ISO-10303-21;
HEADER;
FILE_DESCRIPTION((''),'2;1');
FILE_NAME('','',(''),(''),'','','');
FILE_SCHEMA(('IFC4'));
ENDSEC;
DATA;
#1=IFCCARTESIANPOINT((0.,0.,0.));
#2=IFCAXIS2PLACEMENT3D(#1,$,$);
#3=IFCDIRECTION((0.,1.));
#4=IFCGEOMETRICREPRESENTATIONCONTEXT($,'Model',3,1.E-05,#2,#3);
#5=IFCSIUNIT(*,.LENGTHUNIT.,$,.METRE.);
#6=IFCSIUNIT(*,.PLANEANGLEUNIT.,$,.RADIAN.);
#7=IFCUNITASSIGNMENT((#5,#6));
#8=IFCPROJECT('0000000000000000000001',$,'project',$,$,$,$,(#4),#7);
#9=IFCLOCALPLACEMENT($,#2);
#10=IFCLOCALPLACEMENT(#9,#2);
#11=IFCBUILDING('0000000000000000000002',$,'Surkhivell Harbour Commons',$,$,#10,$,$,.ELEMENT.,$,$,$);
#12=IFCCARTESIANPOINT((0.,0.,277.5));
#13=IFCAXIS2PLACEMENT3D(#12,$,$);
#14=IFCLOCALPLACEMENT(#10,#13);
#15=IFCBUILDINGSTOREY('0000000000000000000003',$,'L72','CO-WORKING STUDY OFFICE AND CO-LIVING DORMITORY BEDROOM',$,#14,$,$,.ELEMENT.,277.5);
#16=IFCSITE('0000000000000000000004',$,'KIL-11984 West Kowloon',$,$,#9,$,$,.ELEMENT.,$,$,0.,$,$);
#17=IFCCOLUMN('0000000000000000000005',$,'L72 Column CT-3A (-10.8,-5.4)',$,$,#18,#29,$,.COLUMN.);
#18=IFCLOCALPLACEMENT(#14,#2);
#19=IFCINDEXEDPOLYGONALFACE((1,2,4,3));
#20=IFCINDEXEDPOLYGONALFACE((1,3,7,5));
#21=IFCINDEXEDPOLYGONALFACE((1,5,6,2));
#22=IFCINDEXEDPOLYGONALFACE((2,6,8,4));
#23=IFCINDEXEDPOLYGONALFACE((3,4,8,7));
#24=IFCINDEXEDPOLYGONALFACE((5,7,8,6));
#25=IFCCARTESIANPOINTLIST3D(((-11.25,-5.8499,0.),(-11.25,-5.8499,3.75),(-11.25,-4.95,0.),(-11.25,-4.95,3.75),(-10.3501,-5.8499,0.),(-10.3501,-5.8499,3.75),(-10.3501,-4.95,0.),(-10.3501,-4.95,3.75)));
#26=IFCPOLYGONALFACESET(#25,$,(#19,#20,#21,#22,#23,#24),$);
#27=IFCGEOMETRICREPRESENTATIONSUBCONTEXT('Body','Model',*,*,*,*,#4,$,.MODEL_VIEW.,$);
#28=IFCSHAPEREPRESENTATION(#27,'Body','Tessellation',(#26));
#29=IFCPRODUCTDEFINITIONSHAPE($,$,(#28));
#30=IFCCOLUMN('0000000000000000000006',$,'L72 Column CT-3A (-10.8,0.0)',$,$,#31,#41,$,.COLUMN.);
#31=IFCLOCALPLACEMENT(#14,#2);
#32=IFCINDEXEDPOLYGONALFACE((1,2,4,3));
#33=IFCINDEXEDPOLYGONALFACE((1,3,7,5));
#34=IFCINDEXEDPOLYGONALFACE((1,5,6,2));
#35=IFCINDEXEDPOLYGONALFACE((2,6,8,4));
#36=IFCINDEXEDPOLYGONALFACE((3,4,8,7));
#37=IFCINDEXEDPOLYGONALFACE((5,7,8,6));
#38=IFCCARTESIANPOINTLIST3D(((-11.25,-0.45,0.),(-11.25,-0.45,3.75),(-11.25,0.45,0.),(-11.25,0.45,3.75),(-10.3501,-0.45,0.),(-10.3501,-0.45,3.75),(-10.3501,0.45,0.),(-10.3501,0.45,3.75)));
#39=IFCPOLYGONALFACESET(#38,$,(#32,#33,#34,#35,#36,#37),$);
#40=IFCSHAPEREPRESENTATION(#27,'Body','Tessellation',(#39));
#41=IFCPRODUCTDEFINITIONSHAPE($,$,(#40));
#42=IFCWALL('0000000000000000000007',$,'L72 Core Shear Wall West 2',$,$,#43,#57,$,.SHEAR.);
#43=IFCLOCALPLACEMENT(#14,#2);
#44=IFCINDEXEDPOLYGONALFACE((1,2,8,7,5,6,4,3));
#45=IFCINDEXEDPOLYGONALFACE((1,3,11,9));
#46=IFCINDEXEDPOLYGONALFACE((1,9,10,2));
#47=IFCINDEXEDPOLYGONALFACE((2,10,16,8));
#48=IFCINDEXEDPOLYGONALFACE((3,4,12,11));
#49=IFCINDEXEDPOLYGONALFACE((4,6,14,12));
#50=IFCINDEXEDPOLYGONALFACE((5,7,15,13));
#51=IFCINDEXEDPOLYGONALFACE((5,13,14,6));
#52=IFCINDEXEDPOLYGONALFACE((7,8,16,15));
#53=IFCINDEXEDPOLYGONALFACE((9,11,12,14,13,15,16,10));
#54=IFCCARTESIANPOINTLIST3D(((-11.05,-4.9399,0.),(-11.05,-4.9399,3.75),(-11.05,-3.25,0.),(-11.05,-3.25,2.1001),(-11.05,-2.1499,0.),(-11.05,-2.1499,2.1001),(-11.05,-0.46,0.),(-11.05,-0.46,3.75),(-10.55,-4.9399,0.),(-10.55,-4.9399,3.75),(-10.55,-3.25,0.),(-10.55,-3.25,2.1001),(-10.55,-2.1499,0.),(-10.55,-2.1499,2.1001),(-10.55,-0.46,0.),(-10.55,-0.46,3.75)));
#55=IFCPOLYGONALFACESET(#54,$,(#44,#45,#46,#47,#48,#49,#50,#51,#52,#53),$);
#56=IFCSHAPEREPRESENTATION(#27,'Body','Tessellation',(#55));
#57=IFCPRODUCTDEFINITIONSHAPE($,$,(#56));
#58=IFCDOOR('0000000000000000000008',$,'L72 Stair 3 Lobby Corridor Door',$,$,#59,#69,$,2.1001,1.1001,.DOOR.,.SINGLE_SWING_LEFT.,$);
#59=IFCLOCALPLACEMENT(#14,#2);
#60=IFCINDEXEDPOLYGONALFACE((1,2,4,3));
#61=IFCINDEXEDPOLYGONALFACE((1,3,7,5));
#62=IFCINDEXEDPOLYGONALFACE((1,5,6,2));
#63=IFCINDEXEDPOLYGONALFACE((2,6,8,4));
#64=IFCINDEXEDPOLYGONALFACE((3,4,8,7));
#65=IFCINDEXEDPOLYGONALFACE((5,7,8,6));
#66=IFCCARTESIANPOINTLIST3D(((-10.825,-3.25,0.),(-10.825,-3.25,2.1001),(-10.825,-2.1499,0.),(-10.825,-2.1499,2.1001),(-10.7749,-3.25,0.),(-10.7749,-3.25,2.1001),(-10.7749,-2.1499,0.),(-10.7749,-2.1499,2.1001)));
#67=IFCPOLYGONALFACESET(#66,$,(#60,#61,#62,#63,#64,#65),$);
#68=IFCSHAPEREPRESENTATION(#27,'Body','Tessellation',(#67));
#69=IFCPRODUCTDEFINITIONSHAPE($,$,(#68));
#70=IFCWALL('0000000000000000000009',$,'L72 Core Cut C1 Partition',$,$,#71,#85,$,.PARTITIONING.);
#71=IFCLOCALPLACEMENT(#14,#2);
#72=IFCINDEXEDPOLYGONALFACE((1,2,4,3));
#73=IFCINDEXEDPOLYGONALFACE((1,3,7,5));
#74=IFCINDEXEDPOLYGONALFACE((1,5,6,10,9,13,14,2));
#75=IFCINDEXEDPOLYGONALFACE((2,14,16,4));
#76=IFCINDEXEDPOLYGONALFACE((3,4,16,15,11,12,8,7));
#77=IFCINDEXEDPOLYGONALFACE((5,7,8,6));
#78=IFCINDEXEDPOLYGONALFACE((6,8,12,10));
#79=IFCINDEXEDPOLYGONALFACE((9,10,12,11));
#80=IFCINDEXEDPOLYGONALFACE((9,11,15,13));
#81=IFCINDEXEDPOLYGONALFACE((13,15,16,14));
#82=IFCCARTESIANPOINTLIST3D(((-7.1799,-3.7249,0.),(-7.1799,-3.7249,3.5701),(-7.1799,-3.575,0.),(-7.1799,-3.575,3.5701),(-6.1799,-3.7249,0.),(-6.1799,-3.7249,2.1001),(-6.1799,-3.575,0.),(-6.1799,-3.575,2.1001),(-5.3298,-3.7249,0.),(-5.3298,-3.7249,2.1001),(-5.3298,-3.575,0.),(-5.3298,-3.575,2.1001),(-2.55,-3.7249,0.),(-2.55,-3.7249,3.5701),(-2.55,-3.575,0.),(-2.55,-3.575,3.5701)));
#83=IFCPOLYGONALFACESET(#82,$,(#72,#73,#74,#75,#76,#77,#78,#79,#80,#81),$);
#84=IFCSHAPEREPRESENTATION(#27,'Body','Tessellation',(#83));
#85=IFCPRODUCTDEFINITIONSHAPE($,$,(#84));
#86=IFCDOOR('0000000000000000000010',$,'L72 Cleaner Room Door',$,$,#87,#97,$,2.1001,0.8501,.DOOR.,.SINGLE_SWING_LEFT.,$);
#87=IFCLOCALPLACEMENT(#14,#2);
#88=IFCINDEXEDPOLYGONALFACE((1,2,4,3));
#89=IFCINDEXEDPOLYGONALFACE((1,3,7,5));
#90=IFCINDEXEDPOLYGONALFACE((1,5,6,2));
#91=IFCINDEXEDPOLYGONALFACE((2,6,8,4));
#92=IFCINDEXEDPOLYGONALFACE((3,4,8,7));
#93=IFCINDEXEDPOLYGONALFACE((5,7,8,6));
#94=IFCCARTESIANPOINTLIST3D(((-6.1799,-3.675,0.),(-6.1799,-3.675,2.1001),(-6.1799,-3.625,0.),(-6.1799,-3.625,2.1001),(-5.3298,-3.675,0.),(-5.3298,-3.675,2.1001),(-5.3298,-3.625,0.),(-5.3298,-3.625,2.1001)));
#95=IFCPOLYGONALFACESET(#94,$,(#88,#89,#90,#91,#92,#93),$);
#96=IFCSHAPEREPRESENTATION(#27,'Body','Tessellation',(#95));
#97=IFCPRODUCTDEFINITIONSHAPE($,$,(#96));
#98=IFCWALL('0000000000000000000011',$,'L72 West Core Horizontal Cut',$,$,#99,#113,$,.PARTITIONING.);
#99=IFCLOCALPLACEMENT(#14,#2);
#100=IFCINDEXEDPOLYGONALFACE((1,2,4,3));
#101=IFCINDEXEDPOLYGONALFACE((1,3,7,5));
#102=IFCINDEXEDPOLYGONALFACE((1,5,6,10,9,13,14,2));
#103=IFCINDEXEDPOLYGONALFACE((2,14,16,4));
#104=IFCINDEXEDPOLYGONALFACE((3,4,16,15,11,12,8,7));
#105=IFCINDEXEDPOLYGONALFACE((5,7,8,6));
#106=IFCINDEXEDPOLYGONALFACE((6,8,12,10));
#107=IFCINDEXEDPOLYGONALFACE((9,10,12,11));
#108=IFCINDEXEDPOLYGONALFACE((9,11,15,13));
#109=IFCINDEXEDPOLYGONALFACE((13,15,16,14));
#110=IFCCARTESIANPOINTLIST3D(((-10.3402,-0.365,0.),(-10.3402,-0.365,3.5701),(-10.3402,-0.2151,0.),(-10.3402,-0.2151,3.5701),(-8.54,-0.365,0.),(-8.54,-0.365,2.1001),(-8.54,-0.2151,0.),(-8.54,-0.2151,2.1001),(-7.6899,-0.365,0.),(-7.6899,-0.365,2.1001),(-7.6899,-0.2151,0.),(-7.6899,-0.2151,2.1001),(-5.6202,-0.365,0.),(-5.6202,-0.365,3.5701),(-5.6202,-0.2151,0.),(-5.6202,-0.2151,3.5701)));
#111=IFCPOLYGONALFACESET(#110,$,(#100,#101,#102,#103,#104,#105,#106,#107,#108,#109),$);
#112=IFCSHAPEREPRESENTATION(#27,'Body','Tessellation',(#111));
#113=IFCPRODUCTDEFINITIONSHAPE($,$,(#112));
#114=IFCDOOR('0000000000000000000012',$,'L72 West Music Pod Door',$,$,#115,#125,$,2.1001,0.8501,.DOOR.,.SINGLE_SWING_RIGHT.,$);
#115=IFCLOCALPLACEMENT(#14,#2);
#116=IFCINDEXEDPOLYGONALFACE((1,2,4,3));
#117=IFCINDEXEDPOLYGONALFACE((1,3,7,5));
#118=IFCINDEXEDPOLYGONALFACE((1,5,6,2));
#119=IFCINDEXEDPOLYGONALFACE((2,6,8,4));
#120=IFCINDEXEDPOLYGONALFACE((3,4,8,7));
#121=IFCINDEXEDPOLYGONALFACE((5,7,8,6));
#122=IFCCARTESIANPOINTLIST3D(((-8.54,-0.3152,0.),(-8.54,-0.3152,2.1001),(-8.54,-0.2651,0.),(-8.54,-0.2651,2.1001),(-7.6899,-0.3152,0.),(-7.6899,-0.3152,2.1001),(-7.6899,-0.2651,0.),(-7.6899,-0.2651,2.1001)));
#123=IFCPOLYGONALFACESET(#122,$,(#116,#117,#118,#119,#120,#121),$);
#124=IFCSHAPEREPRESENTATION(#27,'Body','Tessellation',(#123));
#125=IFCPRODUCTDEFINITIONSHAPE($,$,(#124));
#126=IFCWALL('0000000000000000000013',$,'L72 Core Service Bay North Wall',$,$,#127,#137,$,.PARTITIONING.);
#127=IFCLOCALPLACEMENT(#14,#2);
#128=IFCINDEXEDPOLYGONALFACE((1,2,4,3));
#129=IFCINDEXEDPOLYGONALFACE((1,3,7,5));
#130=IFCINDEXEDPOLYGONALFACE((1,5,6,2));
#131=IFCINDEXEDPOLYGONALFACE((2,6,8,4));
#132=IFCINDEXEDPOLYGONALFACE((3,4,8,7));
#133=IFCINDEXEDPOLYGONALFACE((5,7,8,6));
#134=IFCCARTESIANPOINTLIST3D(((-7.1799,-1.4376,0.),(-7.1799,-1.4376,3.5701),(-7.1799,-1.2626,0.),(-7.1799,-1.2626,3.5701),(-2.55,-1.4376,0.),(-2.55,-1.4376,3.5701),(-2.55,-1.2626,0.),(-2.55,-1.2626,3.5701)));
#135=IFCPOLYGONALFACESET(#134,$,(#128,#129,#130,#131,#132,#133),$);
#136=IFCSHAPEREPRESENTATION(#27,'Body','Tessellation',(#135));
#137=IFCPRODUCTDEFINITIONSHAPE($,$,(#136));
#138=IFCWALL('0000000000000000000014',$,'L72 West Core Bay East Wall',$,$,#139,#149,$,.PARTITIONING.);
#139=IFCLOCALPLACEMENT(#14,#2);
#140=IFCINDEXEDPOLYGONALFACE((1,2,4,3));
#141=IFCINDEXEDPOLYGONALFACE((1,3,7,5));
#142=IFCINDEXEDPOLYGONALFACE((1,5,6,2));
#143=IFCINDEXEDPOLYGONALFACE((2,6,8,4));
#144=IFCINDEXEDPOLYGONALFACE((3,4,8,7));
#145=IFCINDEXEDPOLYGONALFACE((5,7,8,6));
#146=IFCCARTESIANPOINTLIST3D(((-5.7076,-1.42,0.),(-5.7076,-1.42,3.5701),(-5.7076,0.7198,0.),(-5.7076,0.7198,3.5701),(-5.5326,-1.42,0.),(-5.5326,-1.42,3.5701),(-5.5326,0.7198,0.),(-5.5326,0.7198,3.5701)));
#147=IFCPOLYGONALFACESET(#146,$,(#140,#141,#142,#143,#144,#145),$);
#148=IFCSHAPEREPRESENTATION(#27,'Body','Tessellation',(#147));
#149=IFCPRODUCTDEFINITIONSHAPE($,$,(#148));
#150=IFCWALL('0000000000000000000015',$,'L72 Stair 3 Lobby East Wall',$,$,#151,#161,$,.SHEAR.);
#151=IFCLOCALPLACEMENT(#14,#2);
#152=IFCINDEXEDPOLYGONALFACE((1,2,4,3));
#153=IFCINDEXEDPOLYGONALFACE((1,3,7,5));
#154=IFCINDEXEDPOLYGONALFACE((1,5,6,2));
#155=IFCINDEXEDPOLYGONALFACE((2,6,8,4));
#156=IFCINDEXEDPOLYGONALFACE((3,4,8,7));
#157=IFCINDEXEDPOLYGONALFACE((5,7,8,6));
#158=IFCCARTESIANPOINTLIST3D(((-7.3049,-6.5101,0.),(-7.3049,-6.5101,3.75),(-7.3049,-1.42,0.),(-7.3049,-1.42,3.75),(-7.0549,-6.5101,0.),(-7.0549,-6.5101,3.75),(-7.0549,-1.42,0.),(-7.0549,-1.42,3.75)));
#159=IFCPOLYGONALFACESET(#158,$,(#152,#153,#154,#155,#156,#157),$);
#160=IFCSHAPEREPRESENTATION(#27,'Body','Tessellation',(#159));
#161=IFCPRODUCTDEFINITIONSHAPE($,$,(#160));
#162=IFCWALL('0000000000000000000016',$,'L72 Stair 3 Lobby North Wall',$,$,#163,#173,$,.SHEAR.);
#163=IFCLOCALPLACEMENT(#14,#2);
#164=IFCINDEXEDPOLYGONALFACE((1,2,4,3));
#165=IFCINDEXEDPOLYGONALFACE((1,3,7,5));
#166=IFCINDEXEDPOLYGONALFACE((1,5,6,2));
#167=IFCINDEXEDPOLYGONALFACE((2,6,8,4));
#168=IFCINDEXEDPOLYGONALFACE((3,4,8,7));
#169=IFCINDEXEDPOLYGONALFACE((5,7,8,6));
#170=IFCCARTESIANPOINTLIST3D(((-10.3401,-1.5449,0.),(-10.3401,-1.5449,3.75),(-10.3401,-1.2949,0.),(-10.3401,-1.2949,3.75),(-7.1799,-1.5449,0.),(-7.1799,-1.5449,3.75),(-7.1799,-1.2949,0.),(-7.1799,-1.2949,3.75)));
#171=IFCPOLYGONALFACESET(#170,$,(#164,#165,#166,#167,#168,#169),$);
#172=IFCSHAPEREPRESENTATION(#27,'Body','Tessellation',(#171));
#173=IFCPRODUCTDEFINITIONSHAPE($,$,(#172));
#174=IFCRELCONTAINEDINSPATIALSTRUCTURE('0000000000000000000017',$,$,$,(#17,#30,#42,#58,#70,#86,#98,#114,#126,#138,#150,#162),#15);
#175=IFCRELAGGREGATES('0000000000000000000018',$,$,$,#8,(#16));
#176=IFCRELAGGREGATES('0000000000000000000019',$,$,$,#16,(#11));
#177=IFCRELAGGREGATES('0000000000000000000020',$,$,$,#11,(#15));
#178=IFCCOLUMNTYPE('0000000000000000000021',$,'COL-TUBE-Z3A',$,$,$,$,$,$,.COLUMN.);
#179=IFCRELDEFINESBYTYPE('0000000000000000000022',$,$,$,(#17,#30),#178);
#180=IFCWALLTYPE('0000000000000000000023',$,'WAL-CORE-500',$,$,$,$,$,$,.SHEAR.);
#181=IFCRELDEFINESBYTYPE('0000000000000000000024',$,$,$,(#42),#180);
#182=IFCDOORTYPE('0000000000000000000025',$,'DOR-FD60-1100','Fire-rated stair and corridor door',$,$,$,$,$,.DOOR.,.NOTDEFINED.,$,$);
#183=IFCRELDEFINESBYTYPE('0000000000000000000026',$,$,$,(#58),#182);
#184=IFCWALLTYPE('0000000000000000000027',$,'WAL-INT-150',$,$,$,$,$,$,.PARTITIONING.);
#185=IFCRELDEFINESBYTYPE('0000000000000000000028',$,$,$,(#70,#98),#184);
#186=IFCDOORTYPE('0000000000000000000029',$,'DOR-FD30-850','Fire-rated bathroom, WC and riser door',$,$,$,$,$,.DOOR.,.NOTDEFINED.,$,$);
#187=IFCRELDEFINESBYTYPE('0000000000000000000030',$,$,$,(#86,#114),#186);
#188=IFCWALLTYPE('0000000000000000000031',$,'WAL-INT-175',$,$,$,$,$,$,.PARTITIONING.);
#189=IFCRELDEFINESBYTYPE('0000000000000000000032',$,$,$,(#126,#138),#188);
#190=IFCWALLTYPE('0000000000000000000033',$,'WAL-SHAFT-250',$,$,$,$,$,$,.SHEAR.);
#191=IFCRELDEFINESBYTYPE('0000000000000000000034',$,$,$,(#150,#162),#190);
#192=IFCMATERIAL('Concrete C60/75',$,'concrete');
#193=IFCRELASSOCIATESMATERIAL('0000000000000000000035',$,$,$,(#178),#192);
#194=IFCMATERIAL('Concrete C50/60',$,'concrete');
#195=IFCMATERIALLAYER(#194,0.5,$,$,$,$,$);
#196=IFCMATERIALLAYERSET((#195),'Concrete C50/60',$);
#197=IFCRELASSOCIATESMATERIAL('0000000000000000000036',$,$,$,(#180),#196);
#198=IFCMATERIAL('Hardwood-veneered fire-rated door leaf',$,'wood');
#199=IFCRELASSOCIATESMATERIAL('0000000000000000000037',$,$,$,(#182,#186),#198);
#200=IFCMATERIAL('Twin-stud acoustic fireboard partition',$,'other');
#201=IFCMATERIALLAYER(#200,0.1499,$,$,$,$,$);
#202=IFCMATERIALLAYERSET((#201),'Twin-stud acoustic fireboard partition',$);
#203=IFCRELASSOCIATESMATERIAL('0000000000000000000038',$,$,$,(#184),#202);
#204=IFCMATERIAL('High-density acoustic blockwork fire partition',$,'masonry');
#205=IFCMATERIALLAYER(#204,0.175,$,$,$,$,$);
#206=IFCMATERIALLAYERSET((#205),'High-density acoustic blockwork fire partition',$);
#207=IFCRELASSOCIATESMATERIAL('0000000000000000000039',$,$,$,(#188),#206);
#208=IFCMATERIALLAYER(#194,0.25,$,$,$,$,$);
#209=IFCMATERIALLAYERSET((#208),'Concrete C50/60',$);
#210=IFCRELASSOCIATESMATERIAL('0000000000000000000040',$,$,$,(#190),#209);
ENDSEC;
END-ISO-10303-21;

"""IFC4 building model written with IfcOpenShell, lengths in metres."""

from ifc_helpers import new_model, si_unit, direction, frame, frame_2d, origin, origin_2d, place, context, subcontext, project, spatial, rectangle, extrude, material, layer, layer_set, material_profile, profile_set, type_object, element, fill, save


model = new_model("IFC4")

# Units and contexts
model_context = context("Model", 3, precision=1e-05, world=origin(), true_north=direction((0.0, 1.0)))
body_context = subcontext(model_context, "Body", "Model", "MODEL_VIEW")
ifc_project = project(units=[si_unit("LENGTHUNIT", "METRE"), si_unit("PLANEANGLEUNIT", "RADIAN")], contexts=[model_context])

# Site, building, storey
site_placement = place(None, origin())
site = spatial("IfcSite", under=ifc_project, at=site_placement, Name="KIL-11984 West Kowloon", CompositionType="ELEMENT", RefElevation=0.0)
building_placement = place(site_placement, origin())
building = spatial("IfcBuilding", under=site, at=building_placement, Name="Surkhivell Harbour Commons", CompositionType="ELEMENT")
storey_placement = place(building_placement, frame((0.0, 0.0, 277.5)))
storey = spatial("IfcBuildingStorey", under=building, at=storey_placement, Name="L72", Description="CO-WORKING STUDY OFFICE AND CO-LIVING DORMITORY BEDROOM", CompositionType="ELEMENT", Elevation=277.5)

# Columns
ifc_material_1 = material(Name="Concrete C60/75", Category="concrete")
ifc_material_profile = material_profile(ifc_material_1, rectangle(XDim=0.8999, YDim=0.8999, at=origin_2d()), Name="RC-COL-900x900")
ifc_profile_set = profile_set([ifc_material_profile], Name="Concrete C60/75")
column_type = type_object("IfcColumnType", Name="COL-TUBE-Z3A", PredefinedType="COLUMN", material=ifc_profile_set)
for number, where, z_axis, x_axis, name in (
    (1, (-10.8, -5.3999, 0.0), (0.0, 0.0, 1.0), (1.0, 0.0, 0.0), "L72 Column CT-3A (-10.8,-5.4)"),
    (2, (-10.8, 0.0, 0.0), (0.0, 0.0, 1.0), (1.0, 0.0, 0.0), "L72 Column CT-3A (-10.8,0.0)"),
):
    element("IfcColumn", number, at=place(storey_placement, frame(where, z_axis=z_axis, x_axis=x_axis)), inside=storey, type_object=column_type, Name=name, PredefinedType="COLUMN", context=body_context, shape_type="SweptSolid", body=[
        extrude(rectangle(XDim=0.8999, YDim=0.8999, at=origin_2d()), origin(), (0.0, 0.0, 1.0), 3.75),
    ])

# Walls, openings, doors
ifc_material_2 = material(Name="Concrete C50/60", Category="concrete")
ifc_layer_1 = layer(ifc_material_2, 0.5)
ifc_layer_set_1 = layer_set([ifc_layer_1], Name="Concrete C50/60")
wall_type_1 = type_object("IfcWallType", Name="WAL-CORE-500", PredefinedType="SHEAR", material=ifc_layer_set_1)
wall_1_placement = place(storey_placement, frame((-10.8, -4.9399, 0.0), z_axis=(0.0, 0.0, 1.0), x_axis=(0.0, 1.0, 0.0)))
wall_1 = element("IfcWall", 3, at=wall_1_placement, inside=storey, type_object=wall_type_1, Name="L72 Core Shear Wall West 2", PredefinedType="SHEAR", context=body_context, shape_type="SweptSolid", body=[
    extrude(rectangle(XDim=4.48, YDim=0.5, at=frame_2d((2.24, 0.0))), origin(), (0.0, 0.0, 1.0), 3.75),
])
opening_1_placement = place(wall_1_placement, frame((1.6899, 0.0, 0.0)))
opening_1 = element("IfcOpeningElement", 4, at=opening_1_placement, cuts=wall_1, PredefinedType="OPENING", context=body_context, shape_type="SweptSolid", body=[
    extrude(rectangle(XDim=1.1001, YDim=2.1001, at=frame_2d((0.55, 1.05))), frame((0.0, 0.26, 0.0), z_axis=(0.0, -1.0, 0.0), x_axis=(1.0, 0.0, 0.0)), (0.0, 0.0, 1.0), 0.52),
])
ifc_material_3 = material(Name="Hardwood-veneered fire-rated door leaf", Category="wood")
door_type_1 = type_object("IfcDoorType", Name="DOR-FD60-1100", Description="Fire-rated stair and corridor door", OperationType="NOTDEFINED", PredefinedType="DOOR", material=ifc_material_3)
door_1_placement = place(opening_1_placement, origin())
door_1 = element("IfcDoor", 5, at=door_1_placement, inside=storey, type_object=door_type_1, Name="L72 Stair 3 Lobby Corridor Door", OperationType="SINGLE_SWING_LEFT", OverallHeight=2.1001, OverallWidth=1.1001, PredefinedType="DOOR", context=body_context, shape_type="SweptSolid", body=[
    extrude(rectangle(XDim=1.1001, YDim=2.1001, at=frame_2d((0.55, 1.05))), frame((0.0, 0.0249, 0.0), z_axis=(0.0, -1.0, 0.0), x_axis=(1.0, 0.0, 0.0)), (0.0, 0.0, 1.0), 0.05),
])
fill(opening_1, door_1)
ifc_material_4 = material(Name="Twin-stud acoustic fireboard partition", Category="other")
ifc_layer_2 = layer(ifc_material_4, 0.1499)
ifc_layer_set_2 = layer_set([ifc_layer_2], Name="Twin-stud acoustic fireboard partition")
wall_type_2 = type_object("IfcWallType", Name="WAL-INT-150", PredefinedType="PARTITIONING", material=ifc_layer_set_2)
wall_2_placement = place(storey_placement, frame((-7.1799, -3.6499, 0.0), z_axis=(0.0, 0.0, 1.0), x_axis=(1.0, 0.0, 0.0)))
wall_2 = element("IfcWall", 6, at=wall_2_placement, inside=storey, type_object=wall_type_2, Name="L72 Core Cut C1 Partition", PredefinedType="PARTITIONING", context=body_context, shape_type="SweptSolid", body=[
    extrude(rectangle(XDim=4.6299, YDim=0.1499, at=frame_2d((2.3149, 0.0))), origin(), (0.0, 0.0, 1.0), 3.5701),
])
opening_2_placement = place(wall_2_placement, frame((1.0, 0.0, 0.0)))
opening_2 = element("IfcOpeningElement", 7, at=opening_2_placement, cuts=wall_2, PredefinedType="OPENING", context=body_context, shape_type="SweptSolid", body=[
    extrude(rectangle(XDim=0.8501, YDim=2.1001, at=frame_2d((0.425, 1.05))), frame((0.0, 0.085, 0.0), z_axis=(0.0, -1.0, 0.0), x_axis=(1.0, 0.0, 0.0)), (0.0, 0.0, 1.0), 0.1699),
])
door_type_2 = type_object("IfcDoorType", Name="DOR-FD30-850", Description="Fire-rated bathroom, WC and riser door", OperationType="NOTDEFINED", PredefinedType="DOOR", material=ifc_material_3)
door_2_placement = place(opening_2_placement, origin())
door_2 = element("IfcDoor", 8, at=door_2_placement, inside=storey, type_object=door_type_2, Name="L72 Cleaner Room Door", OperationType="SINGLE_SWING_LEFT", OverallHeight=2.1001, OverallWidth=0.8501, PredefinedType="DOOR", context=body_context, shape_type="SweptSolid", body=[
    extrude(rectangle(XDim=0.8501, YDim=2.1001, at=frame_2d((0.425, 1.05))), frame((0.0, 0.0249, 0.0), z_axis=(0.0, -1.0, 0.0), x_axis=(1.0, 0.0, 0.0)), (0.0, 0.0, 1.0), 0.05),
])
fill(opening_2, door_2)
wall_3_placement = place(storey_placement, frame((-10.3401, -0.29, 0.0), z_axis=(0.0, 0.0, 1.0), x_axis=(1.0, 0.0, 0.0)))
wall_3 = element("IfcWall", 9, at=wall_3_placement, inside=storey, type_object=wall_type_2, Name="L72 West Core Horizontal Cut", PredefinedType="PARTITIONING", context=body_context, shape_type="SweptSolid", body=[
    extrude(rectangle(XDim=4.72, YDim=0.1499, at=frame_2d((2.3599, 0.0))), origin(), (0.0, 0.0, 1.0), 3.5701),
])
opening_3_placement = place(wall_3_placement, frame((1.8, 0.0, 0.0)))
opening_3 = element("IfcOpeningElement", 10, at=opening_3_placement, cuts=wall_3, PredefinedType="OPENING", context=body_context, shape_type="SweptSolid", body=[
    extrude(rectangle(XDim=0.8501, YDim=2.1001, at=frame_2d((0.425, 1.05))), frame((0.0, 0.085, 0.0), z_axis=(0.0, -1.0, 0.0), x_axis=(1.0, 0.0, 0.0)), (0.0, 0.0, 1.0), 0.1699),
])
door_3_placement = place(opening_3_placement, origin())
door_3 = element("IfcDoor", 11, at=door_3_placement, inside=storey, type_object=door_type_2, Name="L72 West Music Pod Door", OperationType="SINGLE_SWING_RIGHT", OverallHeight=2.1001, OverallWidth=0.8501, PredefinedType="DOOR", context=body_context, shape_type="SweptSolid", body=[
    extrude(rectangle(XDim=0.8501, YDim=2.1001, at=frame_2d((0.425, 1.05))), frame((0.0, 0.0249, 0.0), z_axis=(0.0, -1.0, 0.0), x_axis=(1.0, 0.0, 0.0)), (0.0, 0.0, 1.0), 0.05),
])
fill(opening_3, door_3)

# Walls
ifc_material_5 = material(Name="High-density acoustic blockwork fire partition", Category="masonry")
ifc_layer_3 = layer(ifc_material_5, 0.175)
ifc_layer_set_3 = layer_set([ifc_layer_3], Name="High-density acoustic blockwork fire partition")
wall_type_3 = type_object("IfcWallType", Name="WAL-INT-175", PredefinedType="PARTITIONING", material=ifc_layer_set_3)
wall_4_placement = place(storey_placement, frame((-7.1799, -1.3501, 0.0), z_axis=(0.0, 0.0, 1.0), x_axis=(1.0, 0.0, 0.0)))
element("IfcWall", 12, at=wall_4_placement, inside=storey, type_object=wall_type_3, Name="L72 Core Service Bay North Wall", PredefinedType="PARTITIONING", context=body_context, shape_type="SweptSolid", body=[
    extrude(rectangle(XDim=4.6299, YDim=0.175, at=frame_2d((2.3149, 0.0))), origin(), (0.0, 0.0, 1.0), 3.5701),
])
wall_5_placement = place(storey_placement, frame((-5.6201, -1.4199, 0.0), z_axis=(0.0, 0.0, 1.0), x_axis=(0.0, 1.0, 0.0)))
element("IfcWall", 13, at=wall_5_placement, inside=storey, type_object=wall_type_3, Name="L72 West Core Bay East Wall", PredefinedType="PARTITIONING", context=body_context, shape_type="SweptSolid", body=[
    extrude(rectangle(XDim=2.1399, YDim=0.175, at=frame_2d((1.0698, 0.0))), origin(), (0.0, 0.0, 1.0), 3.5701),
])
ifc_layer_4 = layer(ifc_material_2, 0.25)
ifc_layer_set_4 = layer_set([ifc_layer_4], Name="Concrete C50/60")
wall_type_4 = type_object("IfcWallType", Name="WAL-SHAFT-250", PredefinedType="SHEAR", material=ifc_layer_set_4)
wall_6_placement = place(storey_placement, frame((-7.1799, -6.51, 0.0), z_axis=(0.0, 0.0, 1.0), x_axis=(0.0, 1.0, 0.0)))
element("IfcWall", 14, at=wall_6_placement, inside=storey, type_object=wall_type_4, Name="L72 Stair 3 Lobby East Wall", PredefinedType="SHEAR", context=body_context, shape_type="SweptSolid", body=[
    extrude(rectangle(XDim=5.0901, YDim=0.25, at=frame_2d((2.5449, 0.0))), origin(), (0.0, 0.0, 1.0), 3.75),
])
wall_7_placement = place(storey_placement, frame((-10.3401, -1.4199, 0.0), z_axis=(0.0, 0.0, 1.0), x_axis=(1.0, 0.0, 0.0)))
element("IfcWall", 15, at=wall_7_placement, inside=storey, type_object=wall_type_4, Name="L72 Stair 3 Lobby North Wall", PredefinedType="SHEAR", context=body_context, shape_type="SweptSolid", body=[
    extrude(rectangle(XDim=3.1602, YDim=0.25, at=frame_2d((1.5801, 0.0))), origin(), (0.0, 0.0, 1.0), 3.75),
])

save(model, "model.ifc")
